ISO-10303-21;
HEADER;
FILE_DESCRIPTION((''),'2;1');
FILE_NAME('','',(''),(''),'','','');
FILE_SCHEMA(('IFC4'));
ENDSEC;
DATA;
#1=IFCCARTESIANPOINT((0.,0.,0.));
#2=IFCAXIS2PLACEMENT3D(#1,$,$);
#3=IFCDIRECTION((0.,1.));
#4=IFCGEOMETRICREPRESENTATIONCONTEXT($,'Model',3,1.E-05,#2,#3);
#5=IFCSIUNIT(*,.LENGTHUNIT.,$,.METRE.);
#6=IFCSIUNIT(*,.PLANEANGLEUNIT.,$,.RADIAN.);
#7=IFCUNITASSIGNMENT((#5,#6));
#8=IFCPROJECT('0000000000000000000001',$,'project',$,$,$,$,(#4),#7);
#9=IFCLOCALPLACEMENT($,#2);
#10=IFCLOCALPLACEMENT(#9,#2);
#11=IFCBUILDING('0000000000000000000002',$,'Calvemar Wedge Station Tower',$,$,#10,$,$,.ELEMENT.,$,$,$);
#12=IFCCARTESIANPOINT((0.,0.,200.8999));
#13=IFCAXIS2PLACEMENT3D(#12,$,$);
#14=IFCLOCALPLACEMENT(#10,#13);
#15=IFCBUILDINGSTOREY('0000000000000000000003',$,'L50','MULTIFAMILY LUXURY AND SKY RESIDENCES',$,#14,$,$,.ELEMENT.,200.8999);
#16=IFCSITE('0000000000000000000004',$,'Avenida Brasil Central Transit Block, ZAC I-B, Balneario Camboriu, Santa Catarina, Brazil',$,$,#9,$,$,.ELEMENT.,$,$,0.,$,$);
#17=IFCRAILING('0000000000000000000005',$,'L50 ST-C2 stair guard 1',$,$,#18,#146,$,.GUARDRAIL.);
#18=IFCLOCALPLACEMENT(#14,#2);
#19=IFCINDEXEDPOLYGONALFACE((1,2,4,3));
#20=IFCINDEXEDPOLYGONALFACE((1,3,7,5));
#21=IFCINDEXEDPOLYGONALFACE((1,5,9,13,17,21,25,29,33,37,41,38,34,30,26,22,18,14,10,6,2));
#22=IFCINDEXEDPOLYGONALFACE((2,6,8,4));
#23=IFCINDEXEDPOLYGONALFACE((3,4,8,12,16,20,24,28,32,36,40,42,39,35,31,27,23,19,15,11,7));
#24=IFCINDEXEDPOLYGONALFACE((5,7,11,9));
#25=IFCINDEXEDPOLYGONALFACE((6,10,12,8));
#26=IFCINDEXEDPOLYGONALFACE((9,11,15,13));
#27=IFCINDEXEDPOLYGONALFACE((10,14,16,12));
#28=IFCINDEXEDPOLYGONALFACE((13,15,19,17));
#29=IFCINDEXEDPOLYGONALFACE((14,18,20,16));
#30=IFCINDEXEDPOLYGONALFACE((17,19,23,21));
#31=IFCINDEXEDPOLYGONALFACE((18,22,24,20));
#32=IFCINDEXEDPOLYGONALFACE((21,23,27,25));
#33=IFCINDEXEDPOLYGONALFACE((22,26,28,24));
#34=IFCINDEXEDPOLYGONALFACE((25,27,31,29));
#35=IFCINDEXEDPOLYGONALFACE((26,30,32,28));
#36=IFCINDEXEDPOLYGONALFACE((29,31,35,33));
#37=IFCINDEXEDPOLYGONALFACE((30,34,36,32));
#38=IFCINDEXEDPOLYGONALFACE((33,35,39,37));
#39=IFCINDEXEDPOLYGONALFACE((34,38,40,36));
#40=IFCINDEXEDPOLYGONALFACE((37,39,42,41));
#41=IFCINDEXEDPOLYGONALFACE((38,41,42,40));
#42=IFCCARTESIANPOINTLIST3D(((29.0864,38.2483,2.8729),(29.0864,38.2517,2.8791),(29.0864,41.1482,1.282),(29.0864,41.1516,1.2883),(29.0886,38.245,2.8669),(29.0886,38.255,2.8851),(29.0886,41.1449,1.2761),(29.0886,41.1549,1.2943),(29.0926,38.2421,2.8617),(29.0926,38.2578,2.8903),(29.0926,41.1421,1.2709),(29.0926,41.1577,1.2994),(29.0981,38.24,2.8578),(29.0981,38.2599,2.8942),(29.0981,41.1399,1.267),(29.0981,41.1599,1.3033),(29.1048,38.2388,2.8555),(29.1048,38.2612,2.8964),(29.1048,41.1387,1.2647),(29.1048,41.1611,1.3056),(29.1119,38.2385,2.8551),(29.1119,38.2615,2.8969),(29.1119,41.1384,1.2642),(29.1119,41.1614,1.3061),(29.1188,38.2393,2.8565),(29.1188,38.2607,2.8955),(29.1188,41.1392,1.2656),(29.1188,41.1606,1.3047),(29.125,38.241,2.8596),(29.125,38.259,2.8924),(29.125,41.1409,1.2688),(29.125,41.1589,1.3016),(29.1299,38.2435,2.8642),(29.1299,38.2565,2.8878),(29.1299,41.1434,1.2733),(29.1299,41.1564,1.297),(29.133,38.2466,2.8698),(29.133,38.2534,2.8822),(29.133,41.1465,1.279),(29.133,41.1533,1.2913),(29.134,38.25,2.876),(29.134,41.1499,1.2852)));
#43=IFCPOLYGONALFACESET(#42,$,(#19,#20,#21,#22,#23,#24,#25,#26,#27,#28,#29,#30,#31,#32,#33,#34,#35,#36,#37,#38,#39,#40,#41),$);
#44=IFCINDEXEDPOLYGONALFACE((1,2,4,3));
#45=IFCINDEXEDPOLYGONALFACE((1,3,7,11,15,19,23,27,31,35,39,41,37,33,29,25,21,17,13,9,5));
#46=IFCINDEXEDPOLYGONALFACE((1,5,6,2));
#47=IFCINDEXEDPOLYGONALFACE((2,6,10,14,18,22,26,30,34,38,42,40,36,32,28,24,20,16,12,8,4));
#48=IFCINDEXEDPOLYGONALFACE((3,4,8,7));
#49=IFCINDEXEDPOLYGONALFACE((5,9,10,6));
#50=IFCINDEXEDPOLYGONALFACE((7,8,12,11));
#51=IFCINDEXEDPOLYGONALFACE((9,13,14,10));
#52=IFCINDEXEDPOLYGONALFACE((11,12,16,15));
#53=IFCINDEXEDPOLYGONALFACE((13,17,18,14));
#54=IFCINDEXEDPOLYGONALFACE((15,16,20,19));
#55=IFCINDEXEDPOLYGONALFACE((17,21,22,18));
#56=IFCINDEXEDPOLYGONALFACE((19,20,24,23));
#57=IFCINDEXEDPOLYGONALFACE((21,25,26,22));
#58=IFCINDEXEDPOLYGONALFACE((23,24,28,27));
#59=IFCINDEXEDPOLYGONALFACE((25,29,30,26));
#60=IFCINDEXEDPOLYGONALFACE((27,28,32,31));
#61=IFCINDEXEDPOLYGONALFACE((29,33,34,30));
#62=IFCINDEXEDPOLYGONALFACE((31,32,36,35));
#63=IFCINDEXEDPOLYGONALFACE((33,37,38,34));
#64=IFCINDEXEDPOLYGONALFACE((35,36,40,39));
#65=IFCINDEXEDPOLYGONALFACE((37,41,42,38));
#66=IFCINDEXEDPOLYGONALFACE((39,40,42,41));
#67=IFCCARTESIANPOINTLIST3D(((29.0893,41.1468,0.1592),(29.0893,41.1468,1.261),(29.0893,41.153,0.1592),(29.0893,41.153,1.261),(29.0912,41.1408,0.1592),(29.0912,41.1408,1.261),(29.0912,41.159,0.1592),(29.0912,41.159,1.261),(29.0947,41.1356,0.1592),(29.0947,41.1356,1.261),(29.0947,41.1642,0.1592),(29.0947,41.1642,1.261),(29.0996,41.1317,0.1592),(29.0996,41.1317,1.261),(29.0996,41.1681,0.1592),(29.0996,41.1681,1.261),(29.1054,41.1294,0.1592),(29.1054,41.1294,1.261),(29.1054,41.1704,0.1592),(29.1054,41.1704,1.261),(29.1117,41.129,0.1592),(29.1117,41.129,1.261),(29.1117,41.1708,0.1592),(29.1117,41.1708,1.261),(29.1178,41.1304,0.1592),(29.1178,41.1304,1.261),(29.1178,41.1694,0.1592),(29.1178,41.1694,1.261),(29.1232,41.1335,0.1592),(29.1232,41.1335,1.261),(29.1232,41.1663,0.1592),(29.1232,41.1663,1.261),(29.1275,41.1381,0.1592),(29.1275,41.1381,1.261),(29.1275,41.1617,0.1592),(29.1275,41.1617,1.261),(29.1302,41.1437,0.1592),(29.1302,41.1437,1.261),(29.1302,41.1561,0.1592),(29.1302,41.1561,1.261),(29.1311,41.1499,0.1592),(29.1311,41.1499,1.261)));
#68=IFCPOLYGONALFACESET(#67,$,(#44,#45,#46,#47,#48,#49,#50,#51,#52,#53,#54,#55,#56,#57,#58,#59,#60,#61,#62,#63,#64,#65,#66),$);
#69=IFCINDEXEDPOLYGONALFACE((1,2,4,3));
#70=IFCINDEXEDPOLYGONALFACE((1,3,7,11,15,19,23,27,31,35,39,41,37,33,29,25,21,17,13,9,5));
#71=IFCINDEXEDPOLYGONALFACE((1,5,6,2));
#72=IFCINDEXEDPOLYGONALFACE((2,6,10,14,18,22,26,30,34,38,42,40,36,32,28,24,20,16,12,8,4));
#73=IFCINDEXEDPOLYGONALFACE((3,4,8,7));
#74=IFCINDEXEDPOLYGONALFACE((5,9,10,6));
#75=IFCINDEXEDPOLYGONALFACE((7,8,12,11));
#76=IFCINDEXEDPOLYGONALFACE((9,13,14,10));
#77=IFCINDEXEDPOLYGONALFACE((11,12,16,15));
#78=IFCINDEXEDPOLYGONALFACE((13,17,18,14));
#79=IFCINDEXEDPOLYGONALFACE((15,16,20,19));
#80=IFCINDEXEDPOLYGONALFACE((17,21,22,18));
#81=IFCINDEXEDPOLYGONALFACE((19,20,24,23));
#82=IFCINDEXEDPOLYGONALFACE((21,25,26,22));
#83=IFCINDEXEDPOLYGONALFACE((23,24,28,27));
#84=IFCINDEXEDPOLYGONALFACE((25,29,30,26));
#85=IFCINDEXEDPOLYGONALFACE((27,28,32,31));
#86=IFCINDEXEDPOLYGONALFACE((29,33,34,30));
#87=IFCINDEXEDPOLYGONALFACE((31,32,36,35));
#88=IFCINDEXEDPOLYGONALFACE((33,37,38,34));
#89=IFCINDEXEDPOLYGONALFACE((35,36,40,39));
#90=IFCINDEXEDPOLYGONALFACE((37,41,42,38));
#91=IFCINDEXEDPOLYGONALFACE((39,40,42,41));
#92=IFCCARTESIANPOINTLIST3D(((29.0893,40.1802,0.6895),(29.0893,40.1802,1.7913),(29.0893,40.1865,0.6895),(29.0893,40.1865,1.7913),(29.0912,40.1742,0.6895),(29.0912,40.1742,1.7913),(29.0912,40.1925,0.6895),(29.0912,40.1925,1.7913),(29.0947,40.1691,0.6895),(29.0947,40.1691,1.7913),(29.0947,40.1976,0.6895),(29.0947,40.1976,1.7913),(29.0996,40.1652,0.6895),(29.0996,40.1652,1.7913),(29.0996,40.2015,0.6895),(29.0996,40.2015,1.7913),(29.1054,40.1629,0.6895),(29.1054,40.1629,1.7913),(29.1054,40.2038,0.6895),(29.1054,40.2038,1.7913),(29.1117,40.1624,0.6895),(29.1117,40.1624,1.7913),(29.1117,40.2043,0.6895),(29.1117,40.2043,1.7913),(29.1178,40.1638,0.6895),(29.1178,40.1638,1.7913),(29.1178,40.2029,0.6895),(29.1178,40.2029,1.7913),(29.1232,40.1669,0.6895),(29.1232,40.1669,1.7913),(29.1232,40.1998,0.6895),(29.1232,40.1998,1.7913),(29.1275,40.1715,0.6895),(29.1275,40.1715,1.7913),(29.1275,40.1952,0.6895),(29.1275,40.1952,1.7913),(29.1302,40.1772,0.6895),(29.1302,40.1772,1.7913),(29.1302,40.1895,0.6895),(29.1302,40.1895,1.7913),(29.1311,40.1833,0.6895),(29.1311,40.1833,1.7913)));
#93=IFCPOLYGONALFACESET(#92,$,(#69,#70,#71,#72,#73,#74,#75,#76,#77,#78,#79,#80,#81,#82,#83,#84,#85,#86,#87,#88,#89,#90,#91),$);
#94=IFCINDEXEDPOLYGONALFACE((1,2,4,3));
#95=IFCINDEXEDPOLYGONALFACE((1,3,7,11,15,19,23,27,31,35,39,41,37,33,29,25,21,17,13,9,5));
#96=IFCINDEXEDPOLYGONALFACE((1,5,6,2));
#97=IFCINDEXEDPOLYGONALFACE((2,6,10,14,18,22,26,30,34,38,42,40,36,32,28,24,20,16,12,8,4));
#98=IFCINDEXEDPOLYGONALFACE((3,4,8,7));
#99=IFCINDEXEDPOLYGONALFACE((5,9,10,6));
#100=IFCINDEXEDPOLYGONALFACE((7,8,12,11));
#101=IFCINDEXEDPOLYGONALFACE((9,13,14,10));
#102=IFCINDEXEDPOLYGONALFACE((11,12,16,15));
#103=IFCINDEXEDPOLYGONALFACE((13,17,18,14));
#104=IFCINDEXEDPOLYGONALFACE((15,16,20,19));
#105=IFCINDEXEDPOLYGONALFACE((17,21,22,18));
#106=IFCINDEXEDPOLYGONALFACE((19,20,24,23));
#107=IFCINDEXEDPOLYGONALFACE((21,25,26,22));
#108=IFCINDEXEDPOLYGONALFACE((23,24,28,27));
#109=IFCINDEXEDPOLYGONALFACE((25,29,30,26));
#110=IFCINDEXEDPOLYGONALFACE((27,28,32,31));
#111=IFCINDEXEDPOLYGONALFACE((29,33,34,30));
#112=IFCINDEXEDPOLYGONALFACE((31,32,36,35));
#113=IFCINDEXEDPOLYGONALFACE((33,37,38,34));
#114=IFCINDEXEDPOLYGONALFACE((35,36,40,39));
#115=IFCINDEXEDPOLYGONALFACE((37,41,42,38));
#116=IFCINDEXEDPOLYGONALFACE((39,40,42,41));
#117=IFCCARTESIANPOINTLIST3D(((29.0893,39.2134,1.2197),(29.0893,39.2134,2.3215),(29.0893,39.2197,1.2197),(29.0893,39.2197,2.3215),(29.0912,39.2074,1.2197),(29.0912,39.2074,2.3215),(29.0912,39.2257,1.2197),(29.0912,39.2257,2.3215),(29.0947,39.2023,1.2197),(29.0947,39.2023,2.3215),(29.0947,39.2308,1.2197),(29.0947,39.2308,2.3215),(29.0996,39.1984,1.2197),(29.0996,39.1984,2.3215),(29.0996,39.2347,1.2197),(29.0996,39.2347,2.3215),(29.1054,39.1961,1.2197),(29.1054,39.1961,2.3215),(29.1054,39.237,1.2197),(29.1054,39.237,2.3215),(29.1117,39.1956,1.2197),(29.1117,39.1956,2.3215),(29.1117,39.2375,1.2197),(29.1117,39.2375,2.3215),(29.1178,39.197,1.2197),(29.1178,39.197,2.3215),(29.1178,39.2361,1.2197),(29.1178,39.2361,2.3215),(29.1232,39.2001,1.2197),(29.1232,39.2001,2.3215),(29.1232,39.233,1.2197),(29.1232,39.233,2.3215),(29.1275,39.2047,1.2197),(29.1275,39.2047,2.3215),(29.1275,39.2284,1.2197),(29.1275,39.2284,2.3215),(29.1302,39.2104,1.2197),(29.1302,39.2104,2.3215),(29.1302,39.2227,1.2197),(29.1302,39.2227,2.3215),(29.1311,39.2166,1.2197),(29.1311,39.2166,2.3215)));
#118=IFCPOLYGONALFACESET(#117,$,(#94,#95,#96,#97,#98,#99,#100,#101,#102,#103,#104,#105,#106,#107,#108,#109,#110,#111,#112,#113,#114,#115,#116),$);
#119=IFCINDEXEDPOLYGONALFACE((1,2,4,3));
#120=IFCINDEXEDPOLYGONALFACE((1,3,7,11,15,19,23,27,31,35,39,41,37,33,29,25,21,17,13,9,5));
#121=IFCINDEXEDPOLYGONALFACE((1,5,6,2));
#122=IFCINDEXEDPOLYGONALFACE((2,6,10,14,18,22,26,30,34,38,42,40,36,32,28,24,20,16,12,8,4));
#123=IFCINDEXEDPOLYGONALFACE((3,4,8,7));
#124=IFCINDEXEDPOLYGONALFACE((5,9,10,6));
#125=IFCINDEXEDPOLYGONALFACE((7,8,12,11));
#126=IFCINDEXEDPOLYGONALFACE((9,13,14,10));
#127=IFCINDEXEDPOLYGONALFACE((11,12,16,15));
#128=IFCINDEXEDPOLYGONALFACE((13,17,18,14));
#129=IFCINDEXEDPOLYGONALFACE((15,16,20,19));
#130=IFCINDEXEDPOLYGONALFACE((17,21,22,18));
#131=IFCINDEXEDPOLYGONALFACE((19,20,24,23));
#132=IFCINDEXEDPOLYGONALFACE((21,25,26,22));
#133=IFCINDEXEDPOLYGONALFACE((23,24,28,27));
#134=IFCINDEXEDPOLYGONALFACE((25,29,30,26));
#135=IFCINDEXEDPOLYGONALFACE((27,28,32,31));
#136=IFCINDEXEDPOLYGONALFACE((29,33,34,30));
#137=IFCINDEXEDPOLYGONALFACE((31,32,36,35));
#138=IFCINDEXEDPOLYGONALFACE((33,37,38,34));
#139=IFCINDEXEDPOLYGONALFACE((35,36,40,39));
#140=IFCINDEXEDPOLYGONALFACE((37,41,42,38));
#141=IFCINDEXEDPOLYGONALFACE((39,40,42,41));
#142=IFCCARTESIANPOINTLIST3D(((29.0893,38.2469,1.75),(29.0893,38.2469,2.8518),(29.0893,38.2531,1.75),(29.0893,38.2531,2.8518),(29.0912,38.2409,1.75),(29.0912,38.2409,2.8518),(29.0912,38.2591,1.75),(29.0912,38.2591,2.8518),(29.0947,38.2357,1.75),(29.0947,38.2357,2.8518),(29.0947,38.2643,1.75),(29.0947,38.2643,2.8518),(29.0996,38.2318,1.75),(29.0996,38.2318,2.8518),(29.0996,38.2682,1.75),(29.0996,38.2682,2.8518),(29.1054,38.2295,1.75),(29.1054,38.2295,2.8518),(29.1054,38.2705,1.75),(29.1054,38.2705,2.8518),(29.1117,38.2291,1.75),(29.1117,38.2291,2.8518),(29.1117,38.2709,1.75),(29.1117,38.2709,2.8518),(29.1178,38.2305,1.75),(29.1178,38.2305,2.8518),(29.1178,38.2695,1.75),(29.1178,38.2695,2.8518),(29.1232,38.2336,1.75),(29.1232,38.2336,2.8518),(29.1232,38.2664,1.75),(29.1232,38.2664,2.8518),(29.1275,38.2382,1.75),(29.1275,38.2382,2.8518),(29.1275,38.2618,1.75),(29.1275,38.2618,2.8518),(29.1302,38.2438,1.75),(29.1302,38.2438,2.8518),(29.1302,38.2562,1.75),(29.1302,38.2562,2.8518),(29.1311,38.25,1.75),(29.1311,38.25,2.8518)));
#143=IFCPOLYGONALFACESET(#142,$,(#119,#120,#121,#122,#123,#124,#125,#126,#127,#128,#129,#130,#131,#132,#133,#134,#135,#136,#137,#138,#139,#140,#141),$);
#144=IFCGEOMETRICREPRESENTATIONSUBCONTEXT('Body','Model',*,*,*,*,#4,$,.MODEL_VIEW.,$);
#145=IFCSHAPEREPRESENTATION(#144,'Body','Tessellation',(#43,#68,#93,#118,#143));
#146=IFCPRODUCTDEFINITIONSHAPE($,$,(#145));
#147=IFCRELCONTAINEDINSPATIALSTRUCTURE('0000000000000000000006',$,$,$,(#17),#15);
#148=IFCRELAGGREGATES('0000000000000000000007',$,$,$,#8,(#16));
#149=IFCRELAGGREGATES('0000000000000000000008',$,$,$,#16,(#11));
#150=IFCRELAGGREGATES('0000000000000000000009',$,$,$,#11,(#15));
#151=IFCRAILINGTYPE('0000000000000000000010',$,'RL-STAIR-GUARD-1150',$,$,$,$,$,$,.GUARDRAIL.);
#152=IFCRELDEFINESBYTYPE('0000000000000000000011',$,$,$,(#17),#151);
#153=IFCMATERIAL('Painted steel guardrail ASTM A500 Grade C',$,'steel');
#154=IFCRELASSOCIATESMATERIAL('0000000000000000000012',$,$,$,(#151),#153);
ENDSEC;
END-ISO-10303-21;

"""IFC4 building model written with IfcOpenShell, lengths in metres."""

from ifc_helpers import new_model, si_unit, direction, frame, origin, origin_2d, place, context, subcontext, project, spatial, circle, extrude, material, type_object, element, save


model = new_model("IFC4")

# Units and contexts
model_context = context("Model", 3, precision=1e-05, world=origin(), true_north=direction((0.0, 1.0)))
body_context = subcontext(model_context, "Body", "Model", "MODEL_VIEW")
ifc_project = project(units=[si_unit("LENGTHUNIT", "METRE"), si_unit("PLANEANGLEUNIT", "RADIAN")], contexts=[model_context])

# Site, building, storey
site_placement = place(None, origin())
site = spatial("IfcSite", under=ifc_project, at=site_placement, Name="Avenida Brasil Central Transit Block, ZAC I-B, Balneario Camboriu, Santa Catarina, Brazil", CompositionType="ELEMENT", RefElevation=0.0)
building_placement = place(site_placement, origin())
building = spatial("IfcBuilding", under=site, at=building_placement, Name="Calvemar Wedge Station Tower", CompositionType="ELEMENT")
storey_placement = place(building_placement, frame((0.0, 0.0, 200.8999)))
storey = spatial("IfcBuildingStorey", under=building, at=storey_placement, Name="L50", Description="MULTIFAMILY LUXURY AND SKY RESIDENCES", CompositionType="ELEMENT", Elevation=200.8999)

# Railing
ifc_material_1 = material(Name="Painted steel guardrail ASTM A500 Grade C", Category="steel")
railing_type_1 = type_object("IfcRailingType", Name="RL-STAIR-GUARD-1150", PredefinedType="GUARDRAIL", material=ifc_material_1)
railing_1_placement = place(storey_placement, frame((29.1101, 41.1499, 0.1592)))
element("IfcRailing", 1, at=railing_1_placement, inside=storey, type_object=railing_type_1, Name="L50 ST-C2 stair guard 1", PredefinedType="GUARDRAIL", context=body_context, shape_type="SweptSolid", body=[
    extrude(circle(Radius=0.0239, at=origin_2d()), frame((0.0, 0.0, 1.126), z_axis=(0.0, -0.876742, 0.480961), x_axis=(1.0, 0.0, 0.0)), (0.0, 0.0, 1.0), 3.3076),
    extrude(circle(Radius=0.021, at=origin_2d()), origin(), (0.0, 0.0, 1.0), 1.1018),
    extrude(circle(Radius=0.021, at=origin_2d()), frame((0.0, -0.9666, 0.5303)), (0.0, 0.0, 1.0), 1.1018),
    extrude(circle(Radius=0.021, at=origin_2d()), frame((0.0, -1.9333, 1.0605)), (0.0, 0.0, 1.0), 1.1018),
    extrude(circle(Radius=0.021, at=origin_2d()), frame((0.0, -2.8999, 1.5908)), (0.0, 0.0, 1.0), 1.1018),
])

save(model, "model.ifc")
